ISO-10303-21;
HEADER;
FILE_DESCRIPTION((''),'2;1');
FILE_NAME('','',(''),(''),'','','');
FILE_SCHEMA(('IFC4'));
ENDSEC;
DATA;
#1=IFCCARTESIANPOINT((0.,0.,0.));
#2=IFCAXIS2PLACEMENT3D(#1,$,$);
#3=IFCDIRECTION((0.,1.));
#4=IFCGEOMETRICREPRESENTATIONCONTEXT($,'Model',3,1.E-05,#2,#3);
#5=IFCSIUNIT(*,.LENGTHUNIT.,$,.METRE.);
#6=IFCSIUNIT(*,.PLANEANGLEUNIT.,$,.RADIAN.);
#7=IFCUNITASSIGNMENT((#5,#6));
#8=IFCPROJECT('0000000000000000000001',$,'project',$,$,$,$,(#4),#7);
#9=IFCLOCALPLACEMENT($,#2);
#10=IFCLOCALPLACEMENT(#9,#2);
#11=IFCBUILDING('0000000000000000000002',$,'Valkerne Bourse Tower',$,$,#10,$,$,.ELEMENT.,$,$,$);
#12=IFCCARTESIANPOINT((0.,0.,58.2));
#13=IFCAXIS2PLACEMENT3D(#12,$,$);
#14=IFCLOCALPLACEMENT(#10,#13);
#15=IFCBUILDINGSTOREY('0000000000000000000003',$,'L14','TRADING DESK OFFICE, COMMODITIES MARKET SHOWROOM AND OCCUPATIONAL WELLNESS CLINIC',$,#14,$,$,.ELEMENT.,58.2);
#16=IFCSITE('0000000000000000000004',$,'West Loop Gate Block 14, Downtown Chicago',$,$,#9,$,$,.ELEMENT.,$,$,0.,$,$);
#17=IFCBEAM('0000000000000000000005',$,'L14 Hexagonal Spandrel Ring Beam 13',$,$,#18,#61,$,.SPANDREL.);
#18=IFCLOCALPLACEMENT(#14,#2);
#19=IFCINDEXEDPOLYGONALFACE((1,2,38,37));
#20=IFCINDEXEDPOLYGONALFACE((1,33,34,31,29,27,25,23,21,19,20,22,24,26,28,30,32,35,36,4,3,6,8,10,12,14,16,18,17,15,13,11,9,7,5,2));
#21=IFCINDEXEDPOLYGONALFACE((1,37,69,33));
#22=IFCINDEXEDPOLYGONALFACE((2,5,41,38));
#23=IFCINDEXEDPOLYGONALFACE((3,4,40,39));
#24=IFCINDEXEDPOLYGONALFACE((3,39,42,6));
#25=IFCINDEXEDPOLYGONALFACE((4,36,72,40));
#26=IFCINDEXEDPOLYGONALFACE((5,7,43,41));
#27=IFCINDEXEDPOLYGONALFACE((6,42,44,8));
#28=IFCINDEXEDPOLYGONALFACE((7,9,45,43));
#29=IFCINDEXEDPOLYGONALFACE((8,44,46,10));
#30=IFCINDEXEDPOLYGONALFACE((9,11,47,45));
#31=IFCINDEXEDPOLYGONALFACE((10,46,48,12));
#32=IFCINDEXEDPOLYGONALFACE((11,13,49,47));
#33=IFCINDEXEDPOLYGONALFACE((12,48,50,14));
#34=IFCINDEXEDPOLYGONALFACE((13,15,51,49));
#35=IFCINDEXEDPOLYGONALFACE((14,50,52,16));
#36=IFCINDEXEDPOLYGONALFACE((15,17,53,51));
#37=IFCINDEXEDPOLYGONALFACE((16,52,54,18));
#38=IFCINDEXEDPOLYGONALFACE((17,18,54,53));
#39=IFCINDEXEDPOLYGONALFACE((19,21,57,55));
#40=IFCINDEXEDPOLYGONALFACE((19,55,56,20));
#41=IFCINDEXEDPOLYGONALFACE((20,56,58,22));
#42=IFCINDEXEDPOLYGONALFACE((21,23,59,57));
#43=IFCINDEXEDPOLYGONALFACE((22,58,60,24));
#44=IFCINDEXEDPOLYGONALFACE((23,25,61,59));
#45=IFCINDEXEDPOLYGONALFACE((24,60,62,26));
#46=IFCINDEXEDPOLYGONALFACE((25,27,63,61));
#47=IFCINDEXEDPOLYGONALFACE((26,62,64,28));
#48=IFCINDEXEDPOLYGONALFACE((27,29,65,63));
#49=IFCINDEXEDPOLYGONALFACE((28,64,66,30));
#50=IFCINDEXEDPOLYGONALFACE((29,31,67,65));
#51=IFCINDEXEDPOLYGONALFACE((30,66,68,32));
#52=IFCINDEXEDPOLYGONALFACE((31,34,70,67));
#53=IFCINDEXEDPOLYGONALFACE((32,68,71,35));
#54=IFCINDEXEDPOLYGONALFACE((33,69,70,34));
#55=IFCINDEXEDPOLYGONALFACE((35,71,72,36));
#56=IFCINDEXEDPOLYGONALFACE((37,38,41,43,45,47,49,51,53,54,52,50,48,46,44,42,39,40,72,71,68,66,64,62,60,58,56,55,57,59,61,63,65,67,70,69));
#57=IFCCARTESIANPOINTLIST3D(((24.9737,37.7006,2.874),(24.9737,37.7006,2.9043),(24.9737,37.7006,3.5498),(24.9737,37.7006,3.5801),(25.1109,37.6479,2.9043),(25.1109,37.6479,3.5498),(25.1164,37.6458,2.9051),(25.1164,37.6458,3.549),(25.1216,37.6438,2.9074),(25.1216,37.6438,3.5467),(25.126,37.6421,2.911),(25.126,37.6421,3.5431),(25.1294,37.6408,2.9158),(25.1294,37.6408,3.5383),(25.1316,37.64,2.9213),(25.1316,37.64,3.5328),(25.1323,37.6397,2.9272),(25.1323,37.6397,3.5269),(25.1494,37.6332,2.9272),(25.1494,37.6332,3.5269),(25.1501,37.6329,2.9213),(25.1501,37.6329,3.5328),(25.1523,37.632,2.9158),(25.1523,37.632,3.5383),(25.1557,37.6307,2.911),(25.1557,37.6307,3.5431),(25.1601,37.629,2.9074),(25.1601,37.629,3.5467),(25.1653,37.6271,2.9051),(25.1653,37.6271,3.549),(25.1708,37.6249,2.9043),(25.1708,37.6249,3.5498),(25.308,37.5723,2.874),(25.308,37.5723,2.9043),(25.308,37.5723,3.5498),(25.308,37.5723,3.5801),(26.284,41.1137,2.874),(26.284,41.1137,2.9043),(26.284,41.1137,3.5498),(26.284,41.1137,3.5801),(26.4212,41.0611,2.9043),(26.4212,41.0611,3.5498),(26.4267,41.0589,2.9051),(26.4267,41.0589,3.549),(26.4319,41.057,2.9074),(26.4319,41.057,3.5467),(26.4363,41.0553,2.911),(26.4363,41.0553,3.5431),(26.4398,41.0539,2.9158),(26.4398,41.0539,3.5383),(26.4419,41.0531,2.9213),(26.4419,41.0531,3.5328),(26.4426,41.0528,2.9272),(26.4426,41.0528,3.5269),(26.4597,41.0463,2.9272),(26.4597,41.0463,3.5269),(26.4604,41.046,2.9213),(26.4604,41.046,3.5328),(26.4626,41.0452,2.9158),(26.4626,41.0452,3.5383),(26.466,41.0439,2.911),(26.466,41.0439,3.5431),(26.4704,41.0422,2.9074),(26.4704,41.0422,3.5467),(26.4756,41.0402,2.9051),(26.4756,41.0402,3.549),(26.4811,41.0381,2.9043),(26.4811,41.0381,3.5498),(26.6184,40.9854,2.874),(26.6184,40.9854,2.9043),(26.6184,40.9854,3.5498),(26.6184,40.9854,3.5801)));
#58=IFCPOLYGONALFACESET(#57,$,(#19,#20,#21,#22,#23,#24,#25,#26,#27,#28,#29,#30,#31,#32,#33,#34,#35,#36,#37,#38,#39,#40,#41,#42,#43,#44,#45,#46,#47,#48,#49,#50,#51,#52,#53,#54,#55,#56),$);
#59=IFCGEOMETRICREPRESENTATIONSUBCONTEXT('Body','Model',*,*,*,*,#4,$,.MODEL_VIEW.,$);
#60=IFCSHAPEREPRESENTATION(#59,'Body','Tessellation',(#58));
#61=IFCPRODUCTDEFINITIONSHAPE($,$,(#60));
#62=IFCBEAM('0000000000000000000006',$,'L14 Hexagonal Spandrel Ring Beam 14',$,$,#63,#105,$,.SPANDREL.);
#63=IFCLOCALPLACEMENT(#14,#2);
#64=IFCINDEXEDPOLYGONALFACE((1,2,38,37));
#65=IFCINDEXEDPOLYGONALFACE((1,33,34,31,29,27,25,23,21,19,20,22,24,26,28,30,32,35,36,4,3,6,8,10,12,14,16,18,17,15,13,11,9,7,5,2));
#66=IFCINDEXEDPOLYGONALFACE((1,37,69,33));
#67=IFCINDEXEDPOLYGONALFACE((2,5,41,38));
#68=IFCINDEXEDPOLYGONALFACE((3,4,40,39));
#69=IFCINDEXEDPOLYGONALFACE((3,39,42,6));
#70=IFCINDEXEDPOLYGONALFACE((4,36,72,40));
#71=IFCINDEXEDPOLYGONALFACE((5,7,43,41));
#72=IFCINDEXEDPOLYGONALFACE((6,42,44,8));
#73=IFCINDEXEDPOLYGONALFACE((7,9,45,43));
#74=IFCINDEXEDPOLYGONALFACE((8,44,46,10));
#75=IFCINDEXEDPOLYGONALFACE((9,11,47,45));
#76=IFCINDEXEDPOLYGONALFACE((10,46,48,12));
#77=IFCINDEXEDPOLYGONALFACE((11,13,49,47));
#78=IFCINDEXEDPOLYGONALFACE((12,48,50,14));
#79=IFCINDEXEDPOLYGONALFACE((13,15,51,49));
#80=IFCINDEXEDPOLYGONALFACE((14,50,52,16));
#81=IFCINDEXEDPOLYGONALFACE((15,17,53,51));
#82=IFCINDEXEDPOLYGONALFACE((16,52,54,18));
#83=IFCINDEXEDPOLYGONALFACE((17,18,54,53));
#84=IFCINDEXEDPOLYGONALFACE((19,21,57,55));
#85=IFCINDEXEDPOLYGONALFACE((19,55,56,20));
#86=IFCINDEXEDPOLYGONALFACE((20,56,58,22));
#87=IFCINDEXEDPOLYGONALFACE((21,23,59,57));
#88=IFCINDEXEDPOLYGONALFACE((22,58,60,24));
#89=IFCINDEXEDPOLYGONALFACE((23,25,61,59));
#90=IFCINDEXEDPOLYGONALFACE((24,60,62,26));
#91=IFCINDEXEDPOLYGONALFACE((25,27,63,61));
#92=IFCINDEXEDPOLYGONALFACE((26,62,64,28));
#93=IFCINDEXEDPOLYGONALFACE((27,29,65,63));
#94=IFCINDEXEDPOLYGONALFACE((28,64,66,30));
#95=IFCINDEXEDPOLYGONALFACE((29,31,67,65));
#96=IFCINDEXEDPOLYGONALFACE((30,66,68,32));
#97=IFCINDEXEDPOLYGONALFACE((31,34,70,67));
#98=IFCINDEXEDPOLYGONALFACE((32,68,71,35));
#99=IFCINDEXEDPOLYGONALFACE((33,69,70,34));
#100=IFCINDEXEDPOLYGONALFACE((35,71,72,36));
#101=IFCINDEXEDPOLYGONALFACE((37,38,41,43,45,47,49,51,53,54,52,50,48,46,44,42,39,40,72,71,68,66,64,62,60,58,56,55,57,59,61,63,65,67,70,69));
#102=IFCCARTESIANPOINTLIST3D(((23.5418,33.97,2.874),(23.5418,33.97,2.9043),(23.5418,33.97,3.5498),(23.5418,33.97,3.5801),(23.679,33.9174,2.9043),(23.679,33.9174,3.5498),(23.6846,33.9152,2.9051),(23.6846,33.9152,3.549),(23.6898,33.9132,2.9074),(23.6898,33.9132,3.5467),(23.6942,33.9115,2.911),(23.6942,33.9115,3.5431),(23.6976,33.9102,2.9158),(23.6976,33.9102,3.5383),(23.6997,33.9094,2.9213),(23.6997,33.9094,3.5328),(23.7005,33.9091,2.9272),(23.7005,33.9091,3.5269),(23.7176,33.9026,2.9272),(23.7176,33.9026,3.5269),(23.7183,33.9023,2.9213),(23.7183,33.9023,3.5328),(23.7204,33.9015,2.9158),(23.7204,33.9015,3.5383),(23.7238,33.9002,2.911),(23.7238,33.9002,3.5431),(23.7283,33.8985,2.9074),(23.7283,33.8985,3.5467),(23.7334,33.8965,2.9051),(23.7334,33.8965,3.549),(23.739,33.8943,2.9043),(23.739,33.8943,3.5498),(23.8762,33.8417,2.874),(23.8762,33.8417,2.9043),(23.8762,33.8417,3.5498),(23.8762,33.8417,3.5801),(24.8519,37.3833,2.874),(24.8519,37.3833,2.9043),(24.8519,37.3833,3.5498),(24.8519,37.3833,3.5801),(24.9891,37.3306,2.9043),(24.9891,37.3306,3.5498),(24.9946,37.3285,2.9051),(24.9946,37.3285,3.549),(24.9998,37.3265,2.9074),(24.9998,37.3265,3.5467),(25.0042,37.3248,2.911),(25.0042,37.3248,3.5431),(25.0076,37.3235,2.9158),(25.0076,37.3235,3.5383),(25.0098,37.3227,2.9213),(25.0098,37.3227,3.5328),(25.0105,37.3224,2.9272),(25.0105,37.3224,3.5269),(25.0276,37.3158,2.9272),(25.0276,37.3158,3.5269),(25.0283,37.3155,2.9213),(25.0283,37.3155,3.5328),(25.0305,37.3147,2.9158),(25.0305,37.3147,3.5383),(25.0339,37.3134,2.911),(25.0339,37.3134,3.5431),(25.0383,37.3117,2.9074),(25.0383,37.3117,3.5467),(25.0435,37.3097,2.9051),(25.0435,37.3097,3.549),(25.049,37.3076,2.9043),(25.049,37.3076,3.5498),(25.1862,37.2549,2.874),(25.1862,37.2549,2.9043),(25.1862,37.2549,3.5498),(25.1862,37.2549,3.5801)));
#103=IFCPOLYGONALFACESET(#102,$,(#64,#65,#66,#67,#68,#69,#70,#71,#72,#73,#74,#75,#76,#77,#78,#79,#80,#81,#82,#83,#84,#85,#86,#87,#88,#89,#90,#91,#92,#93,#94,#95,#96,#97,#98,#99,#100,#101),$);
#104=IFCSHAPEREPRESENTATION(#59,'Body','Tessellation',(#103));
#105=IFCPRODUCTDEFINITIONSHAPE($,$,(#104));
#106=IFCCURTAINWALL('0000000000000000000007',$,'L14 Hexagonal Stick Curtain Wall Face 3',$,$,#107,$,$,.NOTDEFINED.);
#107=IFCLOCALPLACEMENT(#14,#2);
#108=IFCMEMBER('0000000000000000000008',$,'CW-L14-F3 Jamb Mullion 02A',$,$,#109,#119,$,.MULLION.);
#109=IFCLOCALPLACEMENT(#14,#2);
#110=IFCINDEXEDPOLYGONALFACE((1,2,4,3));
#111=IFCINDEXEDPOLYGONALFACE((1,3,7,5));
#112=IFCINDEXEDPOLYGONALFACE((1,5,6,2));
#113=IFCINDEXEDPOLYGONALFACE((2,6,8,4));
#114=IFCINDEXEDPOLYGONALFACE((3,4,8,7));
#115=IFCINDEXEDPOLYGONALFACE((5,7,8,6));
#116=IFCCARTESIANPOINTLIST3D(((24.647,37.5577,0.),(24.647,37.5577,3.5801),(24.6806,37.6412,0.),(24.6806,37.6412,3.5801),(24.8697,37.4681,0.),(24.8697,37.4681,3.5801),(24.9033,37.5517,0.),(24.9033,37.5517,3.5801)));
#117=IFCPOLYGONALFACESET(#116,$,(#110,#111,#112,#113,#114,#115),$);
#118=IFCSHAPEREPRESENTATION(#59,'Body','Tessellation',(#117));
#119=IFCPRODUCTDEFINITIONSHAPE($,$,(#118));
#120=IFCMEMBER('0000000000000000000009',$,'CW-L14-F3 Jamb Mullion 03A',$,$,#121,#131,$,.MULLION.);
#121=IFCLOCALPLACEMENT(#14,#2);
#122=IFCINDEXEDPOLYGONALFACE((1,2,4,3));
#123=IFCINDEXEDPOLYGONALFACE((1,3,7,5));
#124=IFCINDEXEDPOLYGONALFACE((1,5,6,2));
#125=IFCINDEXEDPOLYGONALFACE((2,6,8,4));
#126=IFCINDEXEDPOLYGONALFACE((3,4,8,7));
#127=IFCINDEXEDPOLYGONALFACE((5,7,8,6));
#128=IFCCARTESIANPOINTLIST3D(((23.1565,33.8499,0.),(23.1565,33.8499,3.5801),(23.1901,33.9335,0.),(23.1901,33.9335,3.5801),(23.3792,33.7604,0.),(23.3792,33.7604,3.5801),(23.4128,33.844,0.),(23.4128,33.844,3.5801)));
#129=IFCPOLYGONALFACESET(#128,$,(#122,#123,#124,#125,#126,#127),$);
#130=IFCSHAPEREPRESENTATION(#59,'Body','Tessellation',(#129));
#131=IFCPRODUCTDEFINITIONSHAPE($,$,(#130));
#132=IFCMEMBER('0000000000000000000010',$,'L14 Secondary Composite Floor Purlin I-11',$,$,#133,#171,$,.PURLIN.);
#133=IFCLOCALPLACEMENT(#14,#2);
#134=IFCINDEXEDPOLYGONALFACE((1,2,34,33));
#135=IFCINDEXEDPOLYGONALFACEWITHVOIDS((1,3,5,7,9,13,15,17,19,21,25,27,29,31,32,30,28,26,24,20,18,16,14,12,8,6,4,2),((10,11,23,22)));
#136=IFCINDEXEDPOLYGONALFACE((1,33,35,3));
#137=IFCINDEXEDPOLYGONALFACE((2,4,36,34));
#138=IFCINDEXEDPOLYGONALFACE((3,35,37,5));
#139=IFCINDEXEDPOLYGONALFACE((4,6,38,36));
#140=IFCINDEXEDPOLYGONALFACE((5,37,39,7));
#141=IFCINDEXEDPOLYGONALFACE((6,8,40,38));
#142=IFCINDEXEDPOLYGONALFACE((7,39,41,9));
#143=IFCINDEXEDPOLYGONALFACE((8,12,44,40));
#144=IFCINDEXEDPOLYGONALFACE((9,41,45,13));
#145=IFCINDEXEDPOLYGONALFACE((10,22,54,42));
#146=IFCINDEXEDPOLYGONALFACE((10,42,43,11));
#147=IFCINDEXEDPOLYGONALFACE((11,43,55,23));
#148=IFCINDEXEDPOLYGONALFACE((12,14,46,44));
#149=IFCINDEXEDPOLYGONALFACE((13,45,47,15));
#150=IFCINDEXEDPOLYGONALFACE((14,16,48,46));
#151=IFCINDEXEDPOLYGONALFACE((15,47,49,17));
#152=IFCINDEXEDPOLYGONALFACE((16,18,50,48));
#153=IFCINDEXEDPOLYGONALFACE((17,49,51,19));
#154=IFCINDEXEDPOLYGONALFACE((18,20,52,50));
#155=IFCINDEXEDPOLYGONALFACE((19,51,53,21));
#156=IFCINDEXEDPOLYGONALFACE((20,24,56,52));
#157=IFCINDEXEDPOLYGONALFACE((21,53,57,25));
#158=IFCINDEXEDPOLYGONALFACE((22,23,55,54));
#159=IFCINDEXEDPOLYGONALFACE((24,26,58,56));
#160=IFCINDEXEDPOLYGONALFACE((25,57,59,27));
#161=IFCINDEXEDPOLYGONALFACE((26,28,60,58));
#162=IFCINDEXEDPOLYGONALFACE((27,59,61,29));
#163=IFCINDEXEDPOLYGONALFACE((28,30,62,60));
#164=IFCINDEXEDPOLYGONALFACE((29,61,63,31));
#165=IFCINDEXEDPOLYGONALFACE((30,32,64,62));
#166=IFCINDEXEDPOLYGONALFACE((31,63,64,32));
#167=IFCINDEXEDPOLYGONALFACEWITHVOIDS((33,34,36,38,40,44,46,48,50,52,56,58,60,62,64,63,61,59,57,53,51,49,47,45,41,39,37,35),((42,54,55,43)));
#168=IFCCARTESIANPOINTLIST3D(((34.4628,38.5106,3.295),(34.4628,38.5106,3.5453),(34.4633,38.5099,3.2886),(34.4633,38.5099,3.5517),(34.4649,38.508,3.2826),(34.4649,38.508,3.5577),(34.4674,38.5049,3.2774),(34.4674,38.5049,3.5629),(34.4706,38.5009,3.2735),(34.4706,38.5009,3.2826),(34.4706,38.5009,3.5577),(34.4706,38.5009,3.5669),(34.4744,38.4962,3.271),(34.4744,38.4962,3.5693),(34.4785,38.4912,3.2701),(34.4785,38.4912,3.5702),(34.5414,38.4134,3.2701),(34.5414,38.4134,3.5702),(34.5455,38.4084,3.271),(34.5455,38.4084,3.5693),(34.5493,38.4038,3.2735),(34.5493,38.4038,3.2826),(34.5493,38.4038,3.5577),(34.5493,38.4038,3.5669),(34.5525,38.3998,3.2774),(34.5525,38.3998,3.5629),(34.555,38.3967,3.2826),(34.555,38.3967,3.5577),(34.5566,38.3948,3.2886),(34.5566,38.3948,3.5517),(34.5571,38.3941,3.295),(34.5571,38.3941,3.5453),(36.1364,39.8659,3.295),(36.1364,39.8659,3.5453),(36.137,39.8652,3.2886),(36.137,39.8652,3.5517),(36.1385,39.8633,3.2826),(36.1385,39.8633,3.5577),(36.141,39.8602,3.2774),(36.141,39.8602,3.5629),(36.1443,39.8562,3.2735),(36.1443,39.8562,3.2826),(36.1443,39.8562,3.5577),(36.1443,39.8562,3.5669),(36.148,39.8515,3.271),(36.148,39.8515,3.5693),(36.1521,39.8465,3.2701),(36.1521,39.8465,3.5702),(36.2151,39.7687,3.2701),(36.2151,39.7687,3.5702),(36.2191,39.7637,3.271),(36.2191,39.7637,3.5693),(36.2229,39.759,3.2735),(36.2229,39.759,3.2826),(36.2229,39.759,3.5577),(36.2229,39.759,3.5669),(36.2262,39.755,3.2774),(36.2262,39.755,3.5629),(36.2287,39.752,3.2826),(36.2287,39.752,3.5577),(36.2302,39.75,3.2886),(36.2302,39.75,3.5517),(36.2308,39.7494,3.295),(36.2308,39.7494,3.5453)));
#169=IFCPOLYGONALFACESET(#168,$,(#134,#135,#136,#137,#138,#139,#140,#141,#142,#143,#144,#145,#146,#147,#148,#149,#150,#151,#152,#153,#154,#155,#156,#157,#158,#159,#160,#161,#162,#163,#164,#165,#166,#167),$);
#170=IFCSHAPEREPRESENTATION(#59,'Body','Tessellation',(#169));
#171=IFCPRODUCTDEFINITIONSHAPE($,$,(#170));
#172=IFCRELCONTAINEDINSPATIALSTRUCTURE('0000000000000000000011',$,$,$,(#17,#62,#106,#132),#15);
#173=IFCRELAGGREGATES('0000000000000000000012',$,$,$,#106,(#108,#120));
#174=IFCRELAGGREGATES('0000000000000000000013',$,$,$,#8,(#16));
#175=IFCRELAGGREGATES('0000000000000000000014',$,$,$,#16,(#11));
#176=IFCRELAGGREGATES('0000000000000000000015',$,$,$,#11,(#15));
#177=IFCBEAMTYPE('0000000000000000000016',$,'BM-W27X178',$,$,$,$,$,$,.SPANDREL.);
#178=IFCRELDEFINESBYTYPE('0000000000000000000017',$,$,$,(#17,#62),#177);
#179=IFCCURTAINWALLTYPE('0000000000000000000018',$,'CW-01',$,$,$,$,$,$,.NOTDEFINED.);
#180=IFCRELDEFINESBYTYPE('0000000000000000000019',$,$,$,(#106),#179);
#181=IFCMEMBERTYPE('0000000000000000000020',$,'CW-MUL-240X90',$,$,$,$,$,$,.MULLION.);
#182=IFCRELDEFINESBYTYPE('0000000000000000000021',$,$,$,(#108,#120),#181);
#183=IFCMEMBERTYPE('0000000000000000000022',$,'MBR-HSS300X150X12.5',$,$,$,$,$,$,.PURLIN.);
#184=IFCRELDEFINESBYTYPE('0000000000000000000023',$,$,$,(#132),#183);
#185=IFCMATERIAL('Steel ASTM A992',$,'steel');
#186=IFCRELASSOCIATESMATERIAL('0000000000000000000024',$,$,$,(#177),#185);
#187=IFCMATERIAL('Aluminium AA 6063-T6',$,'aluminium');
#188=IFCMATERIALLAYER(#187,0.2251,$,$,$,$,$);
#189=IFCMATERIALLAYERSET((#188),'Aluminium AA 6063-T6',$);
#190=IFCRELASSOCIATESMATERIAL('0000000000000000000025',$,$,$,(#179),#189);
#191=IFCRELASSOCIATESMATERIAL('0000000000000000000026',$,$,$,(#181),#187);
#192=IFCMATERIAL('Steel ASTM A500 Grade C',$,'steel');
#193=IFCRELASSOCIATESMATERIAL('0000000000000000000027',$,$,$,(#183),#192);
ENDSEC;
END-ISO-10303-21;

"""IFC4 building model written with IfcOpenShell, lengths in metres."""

from ifc_helpers import new_model, si_unit, direction, frame, origin, origin_2d, place, context, subcontext, project, spatial, rectangle, hollow_rectangle, i_section, extrude, material, layer, layer_set, material_profile, profile_set, type_object, element, aggregate, save


model = new_model("IFC4")

# Units and contexts
model_context = context("Model", 3, precision=1e-05, world=origin(), true_north=direction((0.0, 1.0)))
body_context = subcontext(model_context, "Body", "Model", "MODEL_VIEW")
ifc_project = project(units=[si_unit("LENGTHUNIT", "METRE"), si_unit("PLANEANGLEUNIT", "RADIAN")], contexts=[model_context])

# Site, building, storey
site_placement = place(None, origin())
site = spatial("IfcSite", under=ifc_project, at=site_placement, Name="West Loop Gate Block 14, Downtown Chicago", CompositionType="ELEMENT", RefElevation=0.0)
building_placement = place(site_placement, origin())
building = spatial("IfcBuilding", under=site, at=building_placement, Name="Valkerne Bourse Tower", CompositionType="ELEMENT")
storey_placement = place(building_placement, frame((0.0, 0.0, 58.2)))
storey = spatial("IfcBuildingStorey", under=building, at=storey_placement, Name="L14", Description="TRADING DESK OFFICE, COMMODITIES MARKET SHOWROOM AND OCCUPATIONAL WELLNESS CLINIC", CompositionType="ELEMENT", Elevation=58.2)

# Beams
ifc_material_1 = material(Name="Steel ASTM A992", Category="steel")
ifc_material_profile_1 = material_profile(ifc_material_1, i_section(OverallWidth=0.3582, OverallDepth=0.7061, WebThickness=0.0183, FlangeThickness=0.0303, FilletRadius=0.0229, at=origin_2d()), Name="W27X178")
ifc_profile_set_1 = profile_set([ifc_material_profile_1], Name="Steel ASTM A992")
beam_type_1 = type_object("IfcBeamType", Name="BM-W27X178", PredefinedType="SPANDREL", material=ifc_profile_set_1)
for number, where, z_axis, x_axis, name in (
    (1, (26.4512, 41.0496, 3.2271), (-0.358402, -0.933567, 0.0), (0.933567, -0.358402, 0.0), "L14 Hexagonal Spandrel Ring Beam 13"),
    (2, (25.019, 37.3191, 3.2271), (-0.358321, -0.933598, 0.0), (0.933598, -0.358321, 0.0), "L14 Hexagonal Spandrel Ring Beam 14"),
):
    element("IfcBeam", number, at=place(storey_placement, frame(where, z_axis=z_axis, x_axis=x_axis)), inside=storey, type_object=beam_type_1, Name=name, PredefinedType="SPANDREL", context=body_context, shape_type="SweptSolid", body=[
        extrude(i_section(OverallWidth=0.3582, OverallDepth=0.7061, WebThickness=0.0183, FlangeThickness=0.0303, FilletRadius=0.0229, at=origin_2d()), origin(), (0.0, 0.0, 1.0), 3.656),
    ])

# Curtain wall, members
ifc_material_2 = material(Name="Aluminium AA 6063-T6", Category="aluminium")
ifc_layer_1 = layer(ifc_material_2, 0.2251)
ifc_layer_set_1 = layer_set([ifc_layer_1], Name="Aluminium AA 6063-T6")
curtain_wall_type = type_object("IfcCurtainWallType", Name="CW-01", PredefinedType="NOTDEFINED", material=ifc_layer_set_1)
curtain_wall_placement = place(storey_placement, origin())
curtain_wall = element("IfcCurtainWall", 3, at=curtain_wall_placement, inside=storey, type_object=curtain_wall_type, Name="L14 Hexagonal Stick Curtain Wall Face 3", PredefinedType="NOTDEFINED")
ifc_material_profile_2 = material_profile(ifc_material_2, rectangle(XDim=0.0901, YDim=0.24, at=origin_2d()), Name="CWM-90X240")
ifc_profile_set_2 = profile_set([ifc_material_profile_2], Name="Aluminium AA 6063-T6")
member_type_1 = type_object("IfcMemberType", Name="CW-MUL-240X90", PredefinedType="MULLION", material=ifc_profile_set_2)
member_1_placement = place(storey_placement, frame((24.7751, 37.5547, 0.0), z_axis=(0.0, 0.0, 1.0), x_axis=(-0.372999, -0.927832, 0.0)))
member_1 = element("IfcMember", 4, at=member_1_placement, type_object=member_type_1, Name="CW-L14-F3 Jamb Mullion 02A", PredefinedType="MULLION", context=body_context, shape_type="SweptSolid", body=[
    extrude(rectangle(XDim=0.0901, YDim=0.24, at=origin_2d()), origin(), (0.0, 0.0, 1.0), 3.5801),
])
member_2_placement = place(storey_placement, frame((23.2847, 33.8469, 0.0), z_axis=(0.0, 0.0, 1.0), x_axis=(-0.372978, -0.92784, 0.0)))
member_2 = element("IfcMember", 5, at=member_2_placement, type_object=member_type_1, Name="CW-L14-F3 Jamb Mullion 03A", PredefinedType="MULLION", context=body_context, shape_type="SweptSolid", body=[
    extrude(rectangle(XDim=0.0901, YDim=0.24, at=origin_2d()), origin(), (0.0, 0.0, 1.0), 3.5801),
])

# Member
ifc_material_3 = material(Name="Steel ASTM A500 Grade C", Category="steel")
ifc_material_profile_3 = material_profile(ifc_material_3, hollow_rectangle(XDim=0.1499, YDim=0.3, WallThickness=0.0125, OuterFilletRadius=0.0249, at=origin_2d()), Name="HSS300X150X12.5")
ifc_profile_set_3 = profile_set([ifc_material_profile_3], Name="Steel ASTM A500 Grade C")
member_type_2 = type_object("IfcMemberType", Name="MBR-HSS300X150X12.5", PredefinedType="PURLIN", material=ifc_profile_set_3)
member_3_placement = place(storey_placement, frame((36.1836, 39.8076, 3.4202), z_axis=(-0.77715, -0.629316, 0.0), x_axis=(0.629316, -0.77715, 0.0)))
element("IfcMember", 6, at=member_3_placement, inside=storey, type_object=member_type_2, Name="L14 Secondary Composite Floor Purlin I-11", PredefinedType="PURLIN", context=body_context, shape_type="SweptSolid", body=[
    extrude(hollow_rectangle(XDim=0.1499, YDim=0.3, WallThickness=0.0125, OuterFilletRadius=0.0249, at=origin_2d()), origin(), (0.0, 0.0, 1.0), 2.1536),
])

aggregate(curtain_wall, [member_1, member_2])

save(model, "model.ifc")
